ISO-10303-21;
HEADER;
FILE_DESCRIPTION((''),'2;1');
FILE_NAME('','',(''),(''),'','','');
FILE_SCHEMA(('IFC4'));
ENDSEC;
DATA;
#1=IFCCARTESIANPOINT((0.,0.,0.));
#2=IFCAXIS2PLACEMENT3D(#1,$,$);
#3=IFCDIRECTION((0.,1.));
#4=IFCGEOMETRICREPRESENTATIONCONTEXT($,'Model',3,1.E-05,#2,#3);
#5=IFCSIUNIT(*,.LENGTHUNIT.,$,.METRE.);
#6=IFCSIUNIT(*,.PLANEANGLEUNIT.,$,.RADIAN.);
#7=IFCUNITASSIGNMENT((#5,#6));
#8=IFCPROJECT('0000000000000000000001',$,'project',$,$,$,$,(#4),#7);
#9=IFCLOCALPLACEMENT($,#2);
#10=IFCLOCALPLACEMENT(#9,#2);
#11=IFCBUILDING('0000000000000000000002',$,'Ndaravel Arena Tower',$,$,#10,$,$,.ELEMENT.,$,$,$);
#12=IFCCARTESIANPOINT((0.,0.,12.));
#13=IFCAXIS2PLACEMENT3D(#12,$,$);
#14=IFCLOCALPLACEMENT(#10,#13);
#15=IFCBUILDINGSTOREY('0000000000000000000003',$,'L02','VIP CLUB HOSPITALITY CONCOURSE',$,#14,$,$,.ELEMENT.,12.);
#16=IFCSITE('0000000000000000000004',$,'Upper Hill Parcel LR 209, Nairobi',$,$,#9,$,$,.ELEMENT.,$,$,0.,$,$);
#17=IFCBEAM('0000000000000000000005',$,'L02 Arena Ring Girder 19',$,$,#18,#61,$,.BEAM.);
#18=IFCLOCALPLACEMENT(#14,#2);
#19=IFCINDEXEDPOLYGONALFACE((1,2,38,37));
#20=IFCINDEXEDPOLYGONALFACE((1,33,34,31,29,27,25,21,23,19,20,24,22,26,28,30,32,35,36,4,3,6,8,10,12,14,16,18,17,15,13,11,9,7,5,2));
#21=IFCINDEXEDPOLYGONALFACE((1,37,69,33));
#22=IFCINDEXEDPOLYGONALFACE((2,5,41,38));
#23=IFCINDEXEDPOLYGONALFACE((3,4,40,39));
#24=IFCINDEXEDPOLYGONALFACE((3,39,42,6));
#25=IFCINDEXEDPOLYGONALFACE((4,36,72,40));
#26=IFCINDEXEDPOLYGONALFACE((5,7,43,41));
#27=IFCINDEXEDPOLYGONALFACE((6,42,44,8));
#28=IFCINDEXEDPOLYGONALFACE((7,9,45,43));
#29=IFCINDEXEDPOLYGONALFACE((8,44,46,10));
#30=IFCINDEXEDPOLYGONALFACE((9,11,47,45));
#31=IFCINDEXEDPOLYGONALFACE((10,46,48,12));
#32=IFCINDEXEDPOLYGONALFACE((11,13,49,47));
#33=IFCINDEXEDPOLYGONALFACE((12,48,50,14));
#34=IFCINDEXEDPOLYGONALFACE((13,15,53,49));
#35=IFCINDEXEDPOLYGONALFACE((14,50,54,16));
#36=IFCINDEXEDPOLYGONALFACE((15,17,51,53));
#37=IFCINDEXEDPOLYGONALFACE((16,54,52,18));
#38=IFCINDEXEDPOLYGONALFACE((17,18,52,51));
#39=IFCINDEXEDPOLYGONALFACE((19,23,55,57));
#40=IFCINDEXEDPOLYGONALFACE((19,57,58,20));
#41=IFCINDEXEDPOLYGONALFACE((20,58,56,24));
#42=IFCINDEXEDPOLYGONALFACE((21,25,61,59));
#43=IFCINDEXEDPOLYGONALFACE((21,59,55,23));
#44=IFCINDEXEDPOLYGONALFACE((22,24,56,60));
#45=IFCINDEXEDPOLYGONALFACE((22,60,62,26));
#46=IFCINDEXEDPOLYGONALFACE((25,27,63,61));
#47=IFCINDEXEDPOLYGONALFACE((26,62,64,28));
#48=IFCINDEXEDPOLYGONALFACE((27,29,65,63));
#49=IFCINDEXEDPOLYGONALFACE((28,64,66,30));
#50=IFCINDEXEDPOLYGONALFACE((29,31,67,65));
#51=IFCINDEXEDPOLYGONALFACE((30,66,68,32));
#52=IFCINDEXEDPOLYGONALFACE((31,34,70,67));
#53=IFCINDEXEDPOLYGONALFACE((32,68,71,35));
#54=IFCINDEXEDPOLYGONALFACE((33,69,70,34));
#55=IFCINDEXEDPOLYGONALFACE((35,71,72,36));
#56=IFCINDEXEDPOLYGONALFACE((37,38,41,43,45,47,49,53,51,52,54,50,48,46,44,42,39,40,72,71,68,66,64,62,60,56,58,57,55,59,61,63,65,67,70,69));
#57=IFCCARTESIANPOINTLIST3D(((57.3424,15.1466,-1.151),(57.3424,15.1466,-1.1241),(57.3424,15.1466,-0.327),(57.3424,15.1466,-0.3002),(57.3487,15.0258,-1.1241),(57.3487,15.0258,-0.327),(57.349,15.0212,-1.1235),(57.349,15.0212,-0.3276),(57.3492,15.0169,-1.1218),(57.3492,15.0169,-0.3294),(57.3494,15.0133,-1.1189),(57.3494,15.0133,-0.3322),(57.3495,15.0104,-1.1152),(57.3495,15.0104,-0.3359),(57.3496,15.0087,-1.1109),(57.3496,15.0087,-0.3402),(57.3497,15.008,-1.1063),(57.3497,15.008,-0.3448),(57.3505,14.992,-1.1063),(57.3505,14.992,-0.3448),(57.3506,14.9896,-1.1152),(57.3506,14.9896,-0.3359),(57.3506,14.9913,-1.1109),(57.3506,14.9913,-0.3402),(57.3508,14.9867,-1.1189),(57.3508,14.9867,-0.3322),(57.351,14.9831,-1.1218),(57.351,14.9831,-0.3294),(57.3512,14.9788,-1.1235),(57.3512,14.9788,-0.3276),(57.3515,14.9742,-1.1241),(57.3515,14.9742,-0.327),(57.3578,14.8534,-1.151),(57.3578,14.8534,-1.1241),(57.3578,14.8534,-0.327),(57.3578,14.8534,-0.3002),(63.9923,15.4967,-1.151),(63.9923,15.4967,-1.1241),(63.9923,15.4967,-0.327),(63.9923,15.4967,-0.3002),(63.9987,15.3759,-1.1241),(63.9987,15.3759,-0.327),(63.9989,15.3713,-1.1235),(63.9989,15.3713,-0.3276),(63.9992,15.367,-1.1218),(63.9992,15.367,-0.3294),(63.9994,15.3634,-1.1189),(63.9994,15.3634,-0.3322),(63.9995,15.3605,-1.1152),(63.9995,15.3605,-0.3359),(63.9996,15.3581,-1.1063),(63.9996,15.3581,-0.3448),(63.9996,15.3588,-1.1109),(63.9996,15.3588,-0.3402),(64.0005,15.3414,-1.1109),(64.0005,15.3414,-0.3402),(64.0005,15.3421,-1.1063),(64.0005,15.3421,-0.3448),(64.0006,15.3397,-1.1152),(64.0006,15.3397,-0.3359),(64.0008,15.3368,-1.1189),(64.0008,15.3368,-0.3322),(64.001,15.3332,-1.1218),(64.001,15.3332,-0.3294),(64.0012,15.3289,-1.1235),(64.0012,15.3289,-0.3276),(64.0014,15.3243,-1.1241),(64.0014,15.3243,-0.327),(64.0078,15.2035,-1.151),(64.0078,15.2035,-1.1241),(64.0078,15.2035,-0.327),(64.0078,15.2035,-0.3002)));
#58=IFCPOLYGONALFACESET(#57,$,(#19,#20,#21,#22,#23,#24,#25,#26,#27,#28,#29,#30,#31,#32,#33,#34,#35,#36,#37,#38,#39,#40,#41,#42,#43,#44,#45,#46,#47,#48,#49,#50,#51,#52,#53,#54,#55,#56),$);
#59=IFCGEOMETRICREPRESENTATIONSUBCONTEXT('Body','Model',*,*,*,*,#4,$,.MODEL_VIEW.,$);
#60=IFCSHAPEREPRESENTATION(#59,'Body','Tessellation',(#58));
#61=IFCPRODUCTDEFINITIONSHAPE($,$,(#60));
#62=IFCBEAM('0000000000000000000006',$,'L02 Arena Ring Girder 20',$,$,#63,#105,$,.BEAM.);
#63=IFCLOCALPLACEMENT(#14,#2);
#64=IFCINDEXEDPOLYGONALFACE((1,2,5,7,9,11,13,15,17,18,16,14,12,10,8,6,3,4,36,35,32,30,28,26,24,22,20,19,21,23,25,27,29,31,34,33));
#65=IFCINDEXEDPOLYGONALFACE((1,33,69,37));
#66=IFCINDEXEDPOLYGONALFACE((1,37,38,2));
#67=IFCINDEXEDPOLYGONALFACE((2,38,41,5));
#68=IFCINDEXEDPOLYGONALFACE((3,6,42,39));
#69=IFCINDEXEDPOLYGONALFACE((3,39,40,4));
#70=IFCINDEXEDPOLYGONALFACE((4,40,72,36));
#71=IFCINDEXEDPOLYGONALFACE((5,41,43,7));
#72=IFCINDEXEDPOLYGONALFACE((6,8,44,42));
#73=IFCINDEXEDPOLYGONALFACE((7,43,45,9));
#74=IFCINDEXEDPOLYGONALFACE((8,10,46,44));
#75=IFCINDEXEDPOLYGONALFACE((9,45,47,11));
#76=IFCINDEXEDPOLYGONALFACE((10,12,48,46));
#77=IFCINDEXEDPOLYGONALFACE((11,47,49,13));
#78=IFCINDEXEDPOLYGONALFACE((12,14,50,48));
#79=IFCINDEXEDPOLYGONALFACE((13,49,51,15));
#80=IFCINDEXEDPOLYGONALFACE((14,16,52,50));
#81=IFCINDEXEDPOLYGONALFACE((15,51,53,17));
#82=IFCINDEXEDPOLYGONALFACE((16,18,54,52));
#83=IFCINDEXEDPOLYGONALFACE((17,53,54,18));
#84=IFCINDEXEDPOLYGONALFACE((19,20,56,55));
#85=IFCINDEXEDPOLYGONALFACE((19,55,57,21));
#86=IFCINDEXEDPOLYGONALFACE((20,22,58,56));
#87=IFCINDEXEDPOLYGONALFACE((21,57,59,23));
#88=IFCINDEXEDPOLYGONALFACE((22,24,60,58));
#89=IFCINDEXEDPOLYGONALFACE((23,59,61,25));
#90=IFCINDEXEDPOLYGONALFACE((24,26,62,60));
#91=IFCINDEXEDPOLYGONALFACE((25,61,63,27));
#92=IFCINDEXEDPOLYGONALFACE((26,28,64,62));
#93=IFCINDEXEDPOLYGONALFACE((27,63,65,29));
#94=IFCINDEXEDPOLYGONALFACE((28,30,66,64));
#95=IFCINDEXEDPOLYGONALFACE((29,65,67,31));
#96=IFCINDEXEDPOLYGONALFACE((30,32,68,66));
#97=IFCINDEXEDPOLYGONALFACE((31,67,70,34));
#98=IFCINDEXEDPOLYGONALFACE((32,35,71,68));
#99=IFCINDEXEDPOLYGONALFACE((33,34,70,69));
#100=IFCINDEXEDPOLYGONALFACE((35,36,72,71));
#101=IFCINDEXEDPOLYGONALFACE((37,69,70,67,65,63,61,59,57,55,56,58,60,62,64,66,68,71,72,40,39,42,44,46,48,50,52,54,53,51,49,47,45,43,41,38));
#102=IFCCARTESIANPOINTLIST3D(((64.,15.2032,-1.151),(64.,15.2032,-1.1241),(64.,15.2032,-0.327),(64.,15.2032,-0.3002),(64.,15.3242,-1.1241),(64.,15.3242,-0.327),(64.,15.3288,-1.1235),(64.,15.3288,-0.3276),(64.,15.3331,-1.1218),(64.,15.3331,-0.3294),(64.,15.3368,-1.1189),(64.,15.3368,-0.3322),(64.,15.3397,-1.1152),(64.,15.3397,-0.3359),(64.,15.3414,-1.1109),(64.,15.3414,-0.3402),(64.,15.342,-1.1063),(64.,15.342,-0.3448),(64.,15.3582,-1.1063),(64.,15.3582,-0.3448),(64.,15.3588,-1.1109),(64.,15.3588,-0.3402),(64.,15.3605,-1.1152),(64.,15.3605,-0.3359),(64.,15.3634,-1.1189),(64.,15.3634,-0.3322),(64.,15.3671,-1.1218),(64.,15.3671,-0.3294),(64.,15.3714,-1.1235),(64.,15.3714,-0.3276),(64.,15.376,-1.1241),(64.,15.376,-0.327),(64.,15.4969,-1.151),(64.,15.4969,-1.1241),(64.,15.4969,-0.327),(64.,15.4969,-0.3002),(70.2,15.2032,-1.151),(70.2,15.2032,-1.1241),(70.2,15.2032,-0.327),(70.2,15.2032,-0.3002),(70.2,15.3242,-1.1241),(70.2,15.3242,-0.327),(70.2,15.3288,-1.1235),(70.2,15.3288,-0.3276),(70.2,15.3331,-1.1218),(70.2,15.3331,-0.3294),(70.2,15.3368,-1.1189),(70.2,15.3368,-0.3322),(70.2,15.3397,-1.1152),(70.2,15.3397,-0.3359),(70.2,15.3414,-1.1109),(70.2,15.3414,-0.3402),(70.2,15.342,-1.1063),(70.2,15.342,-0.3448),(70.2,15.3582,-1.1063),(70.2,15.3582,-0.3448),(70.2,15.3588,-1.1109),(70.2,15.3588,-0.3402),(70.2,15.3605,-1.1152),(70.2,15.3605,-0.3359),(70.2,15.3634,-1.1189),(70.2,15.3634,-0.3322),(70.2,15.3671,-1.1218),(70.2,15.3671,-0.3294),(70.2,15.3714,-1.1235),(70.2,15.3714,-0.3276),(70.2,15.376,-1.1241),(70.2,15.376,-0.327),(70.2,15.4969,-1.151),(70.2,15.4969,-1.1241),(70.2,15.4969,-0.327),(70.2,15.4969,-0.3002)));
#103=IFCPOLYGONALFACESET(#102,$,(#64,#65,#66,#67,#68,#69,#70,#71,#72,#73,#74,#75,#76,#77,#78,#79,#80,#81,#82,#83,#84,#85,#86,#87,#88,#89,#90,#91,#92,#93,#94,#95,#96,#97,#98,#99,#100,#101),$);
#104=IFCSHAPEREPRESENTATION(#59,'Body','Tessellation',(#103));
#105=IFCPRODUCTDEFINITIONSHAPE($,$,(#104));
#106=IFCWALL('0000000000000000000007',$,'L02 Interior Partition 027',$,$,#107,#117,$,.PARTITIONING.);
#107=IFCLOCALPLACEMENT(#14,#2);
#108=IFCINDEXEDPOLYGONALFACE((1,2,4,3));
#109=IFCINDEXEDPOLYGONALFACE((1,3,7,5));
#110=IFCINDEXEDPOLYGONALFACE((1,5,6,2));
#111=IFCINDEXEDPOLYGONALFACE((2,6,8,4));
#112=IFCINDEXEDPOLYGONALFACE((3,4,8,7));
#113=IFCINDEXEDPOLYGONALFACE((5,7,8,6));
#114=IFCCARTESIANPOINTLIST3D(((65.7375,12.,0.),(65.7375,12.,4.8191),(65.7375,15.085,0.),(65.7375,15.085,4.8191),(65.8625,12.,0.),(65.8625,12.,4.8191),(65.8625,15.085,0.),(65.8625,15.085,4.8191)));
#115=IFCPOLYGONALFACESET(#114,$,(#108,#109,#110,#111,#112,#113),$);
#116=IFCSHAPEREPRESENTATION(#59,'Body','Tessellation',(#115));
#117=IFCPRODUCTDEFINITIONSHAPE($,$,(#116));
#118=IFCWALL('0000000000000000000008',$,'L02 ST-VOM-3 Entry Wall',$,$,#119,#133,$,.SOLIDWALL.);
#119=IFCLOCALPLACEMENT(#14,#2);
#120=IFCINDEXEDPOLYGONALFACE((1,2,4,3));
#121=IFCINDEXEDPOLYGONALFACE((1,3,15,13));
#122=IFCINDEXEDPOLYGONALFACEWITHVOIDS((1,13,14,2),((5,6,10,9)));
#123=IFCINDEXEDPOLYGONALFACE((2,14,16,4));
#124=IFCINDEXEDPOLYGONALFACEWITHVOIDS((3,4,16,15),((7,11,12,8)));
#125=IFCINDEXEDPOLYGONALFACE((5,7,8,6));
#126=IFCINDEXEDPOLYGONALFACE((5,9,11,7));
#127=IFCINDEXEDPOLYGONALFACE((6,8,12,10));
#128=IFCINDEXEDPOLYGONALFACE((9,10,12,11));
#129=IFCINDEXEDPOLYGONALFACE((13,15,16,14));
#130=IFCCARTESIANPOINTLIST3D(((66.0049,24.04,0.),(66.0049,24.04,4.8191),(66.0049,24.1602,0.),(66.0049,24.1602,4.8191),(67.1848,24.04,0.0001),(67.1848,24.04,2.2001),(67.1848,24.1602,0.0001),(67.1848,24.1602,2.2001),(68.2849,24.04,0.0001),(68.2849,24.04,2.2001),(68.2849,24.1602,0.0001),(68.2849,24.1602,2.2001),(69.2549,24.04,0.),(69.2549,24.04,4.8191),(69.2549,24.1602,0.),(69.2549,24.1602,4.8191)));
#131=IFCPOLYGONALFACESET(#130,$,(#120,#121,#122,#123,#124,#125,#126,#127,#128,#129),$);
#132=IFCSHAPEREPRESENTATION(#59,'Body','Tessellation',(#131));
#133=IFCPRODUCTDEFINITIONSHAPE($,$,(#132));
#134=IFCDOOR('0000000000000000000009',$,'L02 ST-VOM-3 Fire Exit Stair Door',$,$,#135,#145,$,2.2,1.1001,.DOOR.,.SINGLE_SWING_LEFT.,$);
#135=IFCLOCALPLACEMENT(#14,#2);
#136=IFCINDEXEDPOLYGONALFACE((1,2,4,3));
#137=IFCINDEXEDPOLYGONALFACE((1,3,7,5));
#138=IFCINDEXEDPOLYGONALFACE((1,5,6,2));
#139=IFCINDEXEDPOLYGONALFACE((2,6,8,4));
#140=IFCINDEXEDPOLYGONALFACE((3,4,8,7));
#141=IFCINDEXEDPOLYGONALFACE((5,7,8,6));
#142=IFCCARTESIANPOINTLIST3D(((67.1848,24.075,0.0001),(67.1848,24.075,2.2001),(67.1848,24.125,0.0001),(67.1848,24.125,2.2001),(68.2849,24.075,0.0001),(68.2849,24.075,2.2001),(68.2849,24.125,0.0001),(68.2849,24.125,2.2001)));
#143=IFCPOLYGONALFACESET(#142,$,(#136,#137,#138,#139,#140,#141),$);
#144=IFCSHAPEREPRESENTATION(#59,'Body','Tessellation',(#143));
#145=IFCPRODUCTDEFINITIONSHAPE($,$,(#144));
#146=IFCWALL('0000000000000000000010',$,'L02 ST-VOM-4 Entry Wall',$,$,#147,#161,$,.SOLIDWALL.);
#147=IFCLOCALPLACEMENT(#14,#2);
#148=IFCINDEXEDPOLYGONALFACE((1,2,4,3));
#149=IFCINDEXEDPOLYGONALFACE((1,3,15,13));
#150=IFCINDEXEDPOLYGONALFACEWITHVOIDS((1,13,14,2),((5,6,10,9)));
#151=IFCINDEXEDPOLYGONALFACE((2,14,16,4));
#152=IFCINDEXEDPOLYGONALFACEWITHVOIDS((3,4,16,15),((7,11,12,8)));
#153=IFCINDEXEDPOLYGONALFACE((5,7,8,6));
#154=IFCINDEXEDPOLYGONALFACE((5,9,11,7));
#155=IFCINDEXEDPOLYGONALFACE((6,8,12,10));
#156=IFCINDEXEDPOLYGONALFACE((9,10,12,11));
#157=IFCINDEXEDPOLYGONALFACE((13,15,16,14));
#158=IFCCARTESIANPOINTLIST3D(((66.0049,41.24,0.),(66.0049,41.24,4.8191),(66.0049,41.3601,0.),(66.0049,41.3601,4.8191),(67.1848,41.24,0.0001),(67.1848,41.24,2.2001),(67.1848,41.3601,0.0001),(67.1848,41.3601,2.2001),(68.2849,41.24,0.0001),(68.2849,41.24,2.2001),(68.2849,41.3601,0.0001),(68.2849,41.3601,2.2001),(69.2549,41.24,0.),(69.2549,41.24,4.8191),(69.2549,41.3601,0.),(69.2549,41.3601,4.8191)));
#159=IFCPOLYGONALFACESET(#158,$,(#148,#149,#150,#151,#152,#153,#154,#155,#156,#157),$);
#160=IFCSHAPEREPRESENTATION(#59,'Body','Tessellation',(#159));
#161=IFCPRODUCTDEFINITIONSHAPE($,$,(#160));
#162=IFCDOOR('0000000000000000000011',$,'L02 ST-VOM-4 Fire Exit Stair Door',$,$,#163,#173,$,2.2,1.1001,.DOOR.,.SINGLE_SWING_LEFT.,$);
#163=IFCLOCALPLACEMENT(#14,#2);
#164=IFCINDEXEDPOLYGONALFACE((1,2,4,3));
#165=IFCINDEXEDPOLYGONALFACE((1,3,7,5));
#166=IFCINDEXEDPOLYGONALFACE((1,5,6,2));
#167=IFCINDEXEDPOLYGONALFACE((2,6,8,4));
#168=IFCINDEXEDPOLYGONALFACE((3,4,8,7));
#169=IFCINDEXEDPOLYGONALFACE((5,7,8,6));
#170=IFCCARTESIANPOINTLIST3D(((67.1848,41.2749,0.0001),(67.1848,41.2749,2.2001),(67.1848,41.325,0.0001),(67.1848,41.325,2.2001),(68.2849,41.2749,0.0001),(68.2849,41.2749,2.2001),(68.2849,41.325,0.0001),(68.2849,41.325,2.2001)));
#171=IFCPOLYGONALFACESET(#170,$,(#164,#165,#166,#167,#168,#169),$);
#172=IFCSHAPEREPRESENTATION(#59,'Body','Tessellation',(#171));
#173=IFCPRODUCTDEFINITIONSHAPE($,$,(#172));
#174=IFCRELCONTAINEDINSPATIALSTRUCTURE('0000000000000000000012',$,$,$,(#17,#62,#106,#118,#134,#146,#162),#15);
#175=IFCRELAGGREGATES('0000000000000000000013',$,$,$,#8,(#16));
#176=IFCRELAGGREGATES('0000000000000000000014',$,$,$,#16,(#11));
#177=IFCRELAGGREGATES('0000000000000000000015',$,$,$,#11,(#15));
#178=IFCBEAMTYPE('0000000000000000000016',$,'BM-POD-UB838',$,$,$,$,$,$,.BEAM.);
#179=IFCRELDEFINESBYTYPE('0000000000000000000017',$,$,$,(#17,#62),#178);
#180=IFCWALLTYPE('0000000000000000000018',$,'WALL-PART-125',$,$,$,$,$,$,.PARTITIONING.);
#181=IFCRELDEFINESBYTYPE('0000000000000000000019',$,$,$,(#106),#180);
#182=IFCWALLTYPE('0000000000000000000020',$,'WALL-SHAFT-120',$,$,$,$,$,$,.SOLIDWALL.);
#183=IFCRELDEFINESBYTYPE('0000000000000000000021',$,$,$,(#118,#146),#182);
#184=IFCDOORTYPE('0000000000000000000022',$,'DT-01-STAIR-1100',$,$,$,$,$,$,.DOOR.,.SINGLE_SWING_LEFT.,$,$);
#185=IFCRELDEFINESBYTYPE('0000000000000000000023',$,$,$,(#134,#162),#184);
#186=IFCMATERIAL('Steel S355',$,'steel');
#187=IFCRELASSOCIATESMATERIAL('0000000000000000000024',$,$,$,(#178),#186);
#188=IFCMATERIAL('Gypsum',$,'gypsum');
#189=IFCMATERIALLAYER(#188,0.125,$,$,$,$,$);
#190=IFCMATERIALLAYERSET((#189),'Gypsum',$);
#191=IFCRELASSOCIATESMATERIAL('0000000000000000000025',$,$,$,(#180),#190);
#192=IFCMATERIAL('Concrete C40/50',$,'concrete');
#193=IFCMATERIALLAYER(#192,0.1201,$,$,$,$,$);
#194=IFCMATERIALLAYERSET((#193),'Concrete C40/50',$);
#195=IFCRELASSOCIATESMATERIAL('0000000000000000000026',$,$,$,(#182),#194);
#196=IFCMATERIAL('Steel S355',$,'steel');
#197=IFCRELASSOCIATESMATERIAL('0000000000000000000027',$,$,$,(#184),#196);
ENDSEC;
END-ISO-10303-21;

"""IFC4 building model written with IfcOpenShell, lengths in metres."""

from ifc_helpers import new_model, si_unit, direction, frame, frame_2d, origin, origin_2d, place, context, subcontext, project, spatial, rectangle, i_section, extrude, material, layer, layer_set, material_profile, profile_set, type_object, element, fill, save


model = new_model("IFC4")

# Units and contexts
model_context = context("Model", 3, precision=1e-05, world=origin(), true_north=direction((0.0, 1.0)))
body_context = subcontext(model_context, "Body", "Model", "MODEL_VIEW")
ifc_project = project(units=[si_unit("LENGTHUNIT", "METRE"), si_unit("PLANEANGLEUNIT", "RADIAN")], contexts=[model_context])

# Site, building, storey
site_placement = place(None, origin())
site = spatial("IfcSite", under=ifc_project, at=site_placement, Name="Upper Hill Parcel LR 209, Nairobi", CompositionType="ELEMENT", RefElevation=0.0)
building_placement = place(site_placement, origin())
building = spatial("IfcBuilding", under=site, at=building_placement, Name="Ndaravel Arena Tower", CompositionType="ELEMENT")
storey_placement = place(building_placement, frame((0.0, 0.0, 12.0)))
storey = spatial("IfcBuildingStorey", under=building, at=storey_placement, Name="L02", Description="VIP CLUB HOSPITALITY CONCOURSE", CompositionType="ELEMENT", Elevation=12.0)

# Beams
ifc_material_1 = material(Name="Steel S355", Category="steel")
ifc_material_profile_1 = material_profile(ifc_material_1, i_section(OverallWidth=0.2937, OverallDepth=0.8508, WebThickness=0.0161, FlangeThickness=0.0269, FilletRadius=0.0178, at=origin_2d()), Name="UB 838x292x226")
ifc_profile_set_1 = profile_set([ifc_material_profile_1], Name="Steel S355")
beam_type = type_object("IfcBeamType", Name="BM-POD-UB838", PredefinedType="BEAM", material=ifc_profile_set_1)
beam_1_placement = place(storey_placement, frame((57.3501, 15.0, -0.7256), z_axis=(0.998617, 0.052574, 0.0), x_axis=(-0.052574, 0.998617, 0.0)))
element("IfcBeam", 1, at=beam_1_placement, inside=storey, type_object=beam_type, Name="L02 Arena Ring Girder 19", PredefinedType="BEAM", context=body_context, shape_type="SweptSolid", body=[
    extrude(i_section(OverallWidth=0.2937, OverallDepth=0.8508, WebThickness=0.0161, FlangeThickness=0.0269, FilletRadius=0.0178, at=origin_2d()), origin(), (0.0, 0.0, 1.0), 6.6592),
])
beam_2_placement = place(storey_placement, frame((64.0, 15.3501, -0.7256), z_axis=(1.0, 0.0, 0.0), x_axis=(0.0, 1.0, 0.0)))
element("IfcBeam", 2, at=beam_2_placement, inside=storey, type_object=beam_type, Name="L02 Arena Ring Girder 20", PredefinedType="BEAM", context=body_context, shape_type="SweptSolid", body=[
    extrude(i_section(OverallWidth=0.2937, OverallDepth=0.8508, WebThickness=0.0161, FlangeThickness=0.0269, FilletRadius=0.0178, at=origin_2d()), origin(), (0.0, 0.0, 1.0), 6.2),
])

# Wall
ifc_material_2 = material(Name="Gypsum", Category="gypsum")
ifc_layer_1 = layer(ifc_material_2, 0.125)
ifc_layer_set_1 = layer_set([ifc_layer_1], Name="Gypsum")
wall_type_1 = type_object("IfcWallType", Name="WALL-PART-125", PredefinedType="PARTITIONING", material=ifc_layer_set_1)
wall_1_placement = place(storey_placement, frame((65.8, 15.085, 0.0), z_axis=(0.0, 0.0, 1.0), x_axis=(0.0, -1.0, 0.0)))
element("IfcWall", 3, at=wall_1_placement, inside=storey, type_object=wall_type_1, Name="L02 Interior Partition 027", PredefinedType="PARTITIONING", context=body_context, shape_type="SweptSolid", body=[
    extrude(rectangle(XDim=3.085, YDim=0.125, at=frame_2d((1.5425, 0.0))), origin(), (0.0, 0.0, 1.0), 4.8191),
])

# Walls, openings, doors
ifc_material_3 = material(Name="Concrete C40/50", Category="concrete")
ifc_layer_2 = layer(ifc_material_3, 0.1201)
ifc_layer_set_2 = layer_set([ifc_layer_2], Name="Concrete C40/50")
wall_type_2 = type_object("IfcWallType", Name="WALL-SHAFT-120", PredefinedType="SOLIDWALL", material=ifc_layer_set_2)
wall_2_placement = place(storey_placement, frame((66.0049, 24.1001, 0.0), z_axis=(0.0, 0.0, 1.0), x_axis=(1.0, 0.0, 0.0)))
wall_2 = element("IfcWall", 4, at=wall_2_placement, inside=storey, type_object=wall_type_2, Name="L02 ST-VOM-3 Entry Wall", PredefinedType="SOLIDWALL", context=body_context, shape_type="SweptSolid", body=[
    extrude(rectangle(XDim=3.25, YDim=0.1201, at=frame_2d((1.625, 0.0))), origin(), (0.0, 0.0, 1.0), 4.8191),
])
opening_1_placement = place(wall_2_placement, frame((1.1799, 0.0, 0.0)))
opening_1 = element("IfcOpeningElement", 5, at=opening_1_placement, cuts=wall_2, PredefinedType="OPENING", context=body_context, shape_type="SweptSolid", body=[
    extrude(rectangle(XDim=1.1001, YDim=2.2, at=frame_2d((0.55, 1.1001))), frame((0.0, 0.0601, 0.0), z_axis=(0.0, -1.0, 0.0), x_axis=(1.0, 0.0, 0.0)), (0.0, 0.0, 1.0), 0.1201),
])
ifc_material_4 = material(Name="Steel S355", Category="steel")
door_type = type_object("IfcDoorType", Name="DT-01-STAIR-1100", OperationType="SINGLE_SWING_LEFT", PredefinedType="DOOR", material=ifc_material_4)
door_1_placement = place(opening_1_placement, origin())
door_1 = element("IfcDoor", 6, at=door_1_placement, inside=storey, type_object=door_type, Name="L02 ST-VOM-3 Fire Exit Stair Door", OperationType="SINGLE_SWING_LEFT", OverallHeight=2.2, OverallWidth=1.1001, PredefinedType="DOOR", context=body_context, shape_type="SweptSolid", body=[
    extrude(rectangle(XDim=1.1001, YDim=2.2, at=frame_2d((0.55, 1.1001))), frame((0.0, 0.0249, 0.0), z_axis=(0.0, -1.0, 0.0), x_axis=(1.0, 0.0, 0.0)), (0.0, 0.0, 1.0), 0.05),
])
fill(opening_1, door_1)
wall_3_placement = place(storey_placement, frame((66.0049, 41.3, 0.0), z_axis=(0.0, 0.0, 1.0), x_axis=(1.0, 0.0, 0.0)))
wall_3 = element("IfcWall", 7, at=wall_3_placement, inside=storey, type_object=wall_type_2, Name="L02 ST-VOM-4 Entry Wall", PredefinedType="SOLIDWALL", context=body_context, shape_type="SweptSolid", body=[
    extrude(rectangle(XDim=3.25, YDim=0.1201, at=frame_2d((1.625, 0.0))), origin(), (0.0, 0.0, 1.0), 4.8191),
])
opening_2_placement = place(wall_3_placement, frame((1.1799, 0.0, 0.0)))
opening_2 = element("IfcOpeningElement", 8, at=opening_2_placement, cuts=wall_3, PredefinedType="OPENING", context=body_context, shape_type="SweptSolid", body=[
    extrude(rectangle(XDim=1.1001, YDim=2.2, at=frame_2d((0.55, 1.1001))), frame((0.0, 0.0601, 0.0), z_axis=(0.0, -1.0, 0.0), x_axis=(1.0, 0.0, 0.0)), (0.0, 0.0, 1.0), 0.1201),
])
door_2_placement = place(opening_2_placement, origin())
door_2 = element("IfcDoor", 9, at=door_2_placement, inside=storey, type_object=door_type, Name="L02 ST-VOM-4 Fire Exit Stair Door", OperationType="SINGLE_SWING_LEFT", OverallHeight=2.2, OverallWidth=1.1001, PredefinedType="DOOR", context=body_context, shape_type="SweptSolid", body=[
    extrude(rectangle(XDim=1.1001, YDim=2.2, at=frame_2d((0.55, 1.1001))), frame((0.0, 0.0249, 0.0), z_axis=(0.0, -1.0, 0.0), x_axis=(1.0, 0.0, 0.0)), (0.0, 0.0, 1.0), 0.05),
])
fill(opening_2, door_2)

save(model, "model.ifc")
